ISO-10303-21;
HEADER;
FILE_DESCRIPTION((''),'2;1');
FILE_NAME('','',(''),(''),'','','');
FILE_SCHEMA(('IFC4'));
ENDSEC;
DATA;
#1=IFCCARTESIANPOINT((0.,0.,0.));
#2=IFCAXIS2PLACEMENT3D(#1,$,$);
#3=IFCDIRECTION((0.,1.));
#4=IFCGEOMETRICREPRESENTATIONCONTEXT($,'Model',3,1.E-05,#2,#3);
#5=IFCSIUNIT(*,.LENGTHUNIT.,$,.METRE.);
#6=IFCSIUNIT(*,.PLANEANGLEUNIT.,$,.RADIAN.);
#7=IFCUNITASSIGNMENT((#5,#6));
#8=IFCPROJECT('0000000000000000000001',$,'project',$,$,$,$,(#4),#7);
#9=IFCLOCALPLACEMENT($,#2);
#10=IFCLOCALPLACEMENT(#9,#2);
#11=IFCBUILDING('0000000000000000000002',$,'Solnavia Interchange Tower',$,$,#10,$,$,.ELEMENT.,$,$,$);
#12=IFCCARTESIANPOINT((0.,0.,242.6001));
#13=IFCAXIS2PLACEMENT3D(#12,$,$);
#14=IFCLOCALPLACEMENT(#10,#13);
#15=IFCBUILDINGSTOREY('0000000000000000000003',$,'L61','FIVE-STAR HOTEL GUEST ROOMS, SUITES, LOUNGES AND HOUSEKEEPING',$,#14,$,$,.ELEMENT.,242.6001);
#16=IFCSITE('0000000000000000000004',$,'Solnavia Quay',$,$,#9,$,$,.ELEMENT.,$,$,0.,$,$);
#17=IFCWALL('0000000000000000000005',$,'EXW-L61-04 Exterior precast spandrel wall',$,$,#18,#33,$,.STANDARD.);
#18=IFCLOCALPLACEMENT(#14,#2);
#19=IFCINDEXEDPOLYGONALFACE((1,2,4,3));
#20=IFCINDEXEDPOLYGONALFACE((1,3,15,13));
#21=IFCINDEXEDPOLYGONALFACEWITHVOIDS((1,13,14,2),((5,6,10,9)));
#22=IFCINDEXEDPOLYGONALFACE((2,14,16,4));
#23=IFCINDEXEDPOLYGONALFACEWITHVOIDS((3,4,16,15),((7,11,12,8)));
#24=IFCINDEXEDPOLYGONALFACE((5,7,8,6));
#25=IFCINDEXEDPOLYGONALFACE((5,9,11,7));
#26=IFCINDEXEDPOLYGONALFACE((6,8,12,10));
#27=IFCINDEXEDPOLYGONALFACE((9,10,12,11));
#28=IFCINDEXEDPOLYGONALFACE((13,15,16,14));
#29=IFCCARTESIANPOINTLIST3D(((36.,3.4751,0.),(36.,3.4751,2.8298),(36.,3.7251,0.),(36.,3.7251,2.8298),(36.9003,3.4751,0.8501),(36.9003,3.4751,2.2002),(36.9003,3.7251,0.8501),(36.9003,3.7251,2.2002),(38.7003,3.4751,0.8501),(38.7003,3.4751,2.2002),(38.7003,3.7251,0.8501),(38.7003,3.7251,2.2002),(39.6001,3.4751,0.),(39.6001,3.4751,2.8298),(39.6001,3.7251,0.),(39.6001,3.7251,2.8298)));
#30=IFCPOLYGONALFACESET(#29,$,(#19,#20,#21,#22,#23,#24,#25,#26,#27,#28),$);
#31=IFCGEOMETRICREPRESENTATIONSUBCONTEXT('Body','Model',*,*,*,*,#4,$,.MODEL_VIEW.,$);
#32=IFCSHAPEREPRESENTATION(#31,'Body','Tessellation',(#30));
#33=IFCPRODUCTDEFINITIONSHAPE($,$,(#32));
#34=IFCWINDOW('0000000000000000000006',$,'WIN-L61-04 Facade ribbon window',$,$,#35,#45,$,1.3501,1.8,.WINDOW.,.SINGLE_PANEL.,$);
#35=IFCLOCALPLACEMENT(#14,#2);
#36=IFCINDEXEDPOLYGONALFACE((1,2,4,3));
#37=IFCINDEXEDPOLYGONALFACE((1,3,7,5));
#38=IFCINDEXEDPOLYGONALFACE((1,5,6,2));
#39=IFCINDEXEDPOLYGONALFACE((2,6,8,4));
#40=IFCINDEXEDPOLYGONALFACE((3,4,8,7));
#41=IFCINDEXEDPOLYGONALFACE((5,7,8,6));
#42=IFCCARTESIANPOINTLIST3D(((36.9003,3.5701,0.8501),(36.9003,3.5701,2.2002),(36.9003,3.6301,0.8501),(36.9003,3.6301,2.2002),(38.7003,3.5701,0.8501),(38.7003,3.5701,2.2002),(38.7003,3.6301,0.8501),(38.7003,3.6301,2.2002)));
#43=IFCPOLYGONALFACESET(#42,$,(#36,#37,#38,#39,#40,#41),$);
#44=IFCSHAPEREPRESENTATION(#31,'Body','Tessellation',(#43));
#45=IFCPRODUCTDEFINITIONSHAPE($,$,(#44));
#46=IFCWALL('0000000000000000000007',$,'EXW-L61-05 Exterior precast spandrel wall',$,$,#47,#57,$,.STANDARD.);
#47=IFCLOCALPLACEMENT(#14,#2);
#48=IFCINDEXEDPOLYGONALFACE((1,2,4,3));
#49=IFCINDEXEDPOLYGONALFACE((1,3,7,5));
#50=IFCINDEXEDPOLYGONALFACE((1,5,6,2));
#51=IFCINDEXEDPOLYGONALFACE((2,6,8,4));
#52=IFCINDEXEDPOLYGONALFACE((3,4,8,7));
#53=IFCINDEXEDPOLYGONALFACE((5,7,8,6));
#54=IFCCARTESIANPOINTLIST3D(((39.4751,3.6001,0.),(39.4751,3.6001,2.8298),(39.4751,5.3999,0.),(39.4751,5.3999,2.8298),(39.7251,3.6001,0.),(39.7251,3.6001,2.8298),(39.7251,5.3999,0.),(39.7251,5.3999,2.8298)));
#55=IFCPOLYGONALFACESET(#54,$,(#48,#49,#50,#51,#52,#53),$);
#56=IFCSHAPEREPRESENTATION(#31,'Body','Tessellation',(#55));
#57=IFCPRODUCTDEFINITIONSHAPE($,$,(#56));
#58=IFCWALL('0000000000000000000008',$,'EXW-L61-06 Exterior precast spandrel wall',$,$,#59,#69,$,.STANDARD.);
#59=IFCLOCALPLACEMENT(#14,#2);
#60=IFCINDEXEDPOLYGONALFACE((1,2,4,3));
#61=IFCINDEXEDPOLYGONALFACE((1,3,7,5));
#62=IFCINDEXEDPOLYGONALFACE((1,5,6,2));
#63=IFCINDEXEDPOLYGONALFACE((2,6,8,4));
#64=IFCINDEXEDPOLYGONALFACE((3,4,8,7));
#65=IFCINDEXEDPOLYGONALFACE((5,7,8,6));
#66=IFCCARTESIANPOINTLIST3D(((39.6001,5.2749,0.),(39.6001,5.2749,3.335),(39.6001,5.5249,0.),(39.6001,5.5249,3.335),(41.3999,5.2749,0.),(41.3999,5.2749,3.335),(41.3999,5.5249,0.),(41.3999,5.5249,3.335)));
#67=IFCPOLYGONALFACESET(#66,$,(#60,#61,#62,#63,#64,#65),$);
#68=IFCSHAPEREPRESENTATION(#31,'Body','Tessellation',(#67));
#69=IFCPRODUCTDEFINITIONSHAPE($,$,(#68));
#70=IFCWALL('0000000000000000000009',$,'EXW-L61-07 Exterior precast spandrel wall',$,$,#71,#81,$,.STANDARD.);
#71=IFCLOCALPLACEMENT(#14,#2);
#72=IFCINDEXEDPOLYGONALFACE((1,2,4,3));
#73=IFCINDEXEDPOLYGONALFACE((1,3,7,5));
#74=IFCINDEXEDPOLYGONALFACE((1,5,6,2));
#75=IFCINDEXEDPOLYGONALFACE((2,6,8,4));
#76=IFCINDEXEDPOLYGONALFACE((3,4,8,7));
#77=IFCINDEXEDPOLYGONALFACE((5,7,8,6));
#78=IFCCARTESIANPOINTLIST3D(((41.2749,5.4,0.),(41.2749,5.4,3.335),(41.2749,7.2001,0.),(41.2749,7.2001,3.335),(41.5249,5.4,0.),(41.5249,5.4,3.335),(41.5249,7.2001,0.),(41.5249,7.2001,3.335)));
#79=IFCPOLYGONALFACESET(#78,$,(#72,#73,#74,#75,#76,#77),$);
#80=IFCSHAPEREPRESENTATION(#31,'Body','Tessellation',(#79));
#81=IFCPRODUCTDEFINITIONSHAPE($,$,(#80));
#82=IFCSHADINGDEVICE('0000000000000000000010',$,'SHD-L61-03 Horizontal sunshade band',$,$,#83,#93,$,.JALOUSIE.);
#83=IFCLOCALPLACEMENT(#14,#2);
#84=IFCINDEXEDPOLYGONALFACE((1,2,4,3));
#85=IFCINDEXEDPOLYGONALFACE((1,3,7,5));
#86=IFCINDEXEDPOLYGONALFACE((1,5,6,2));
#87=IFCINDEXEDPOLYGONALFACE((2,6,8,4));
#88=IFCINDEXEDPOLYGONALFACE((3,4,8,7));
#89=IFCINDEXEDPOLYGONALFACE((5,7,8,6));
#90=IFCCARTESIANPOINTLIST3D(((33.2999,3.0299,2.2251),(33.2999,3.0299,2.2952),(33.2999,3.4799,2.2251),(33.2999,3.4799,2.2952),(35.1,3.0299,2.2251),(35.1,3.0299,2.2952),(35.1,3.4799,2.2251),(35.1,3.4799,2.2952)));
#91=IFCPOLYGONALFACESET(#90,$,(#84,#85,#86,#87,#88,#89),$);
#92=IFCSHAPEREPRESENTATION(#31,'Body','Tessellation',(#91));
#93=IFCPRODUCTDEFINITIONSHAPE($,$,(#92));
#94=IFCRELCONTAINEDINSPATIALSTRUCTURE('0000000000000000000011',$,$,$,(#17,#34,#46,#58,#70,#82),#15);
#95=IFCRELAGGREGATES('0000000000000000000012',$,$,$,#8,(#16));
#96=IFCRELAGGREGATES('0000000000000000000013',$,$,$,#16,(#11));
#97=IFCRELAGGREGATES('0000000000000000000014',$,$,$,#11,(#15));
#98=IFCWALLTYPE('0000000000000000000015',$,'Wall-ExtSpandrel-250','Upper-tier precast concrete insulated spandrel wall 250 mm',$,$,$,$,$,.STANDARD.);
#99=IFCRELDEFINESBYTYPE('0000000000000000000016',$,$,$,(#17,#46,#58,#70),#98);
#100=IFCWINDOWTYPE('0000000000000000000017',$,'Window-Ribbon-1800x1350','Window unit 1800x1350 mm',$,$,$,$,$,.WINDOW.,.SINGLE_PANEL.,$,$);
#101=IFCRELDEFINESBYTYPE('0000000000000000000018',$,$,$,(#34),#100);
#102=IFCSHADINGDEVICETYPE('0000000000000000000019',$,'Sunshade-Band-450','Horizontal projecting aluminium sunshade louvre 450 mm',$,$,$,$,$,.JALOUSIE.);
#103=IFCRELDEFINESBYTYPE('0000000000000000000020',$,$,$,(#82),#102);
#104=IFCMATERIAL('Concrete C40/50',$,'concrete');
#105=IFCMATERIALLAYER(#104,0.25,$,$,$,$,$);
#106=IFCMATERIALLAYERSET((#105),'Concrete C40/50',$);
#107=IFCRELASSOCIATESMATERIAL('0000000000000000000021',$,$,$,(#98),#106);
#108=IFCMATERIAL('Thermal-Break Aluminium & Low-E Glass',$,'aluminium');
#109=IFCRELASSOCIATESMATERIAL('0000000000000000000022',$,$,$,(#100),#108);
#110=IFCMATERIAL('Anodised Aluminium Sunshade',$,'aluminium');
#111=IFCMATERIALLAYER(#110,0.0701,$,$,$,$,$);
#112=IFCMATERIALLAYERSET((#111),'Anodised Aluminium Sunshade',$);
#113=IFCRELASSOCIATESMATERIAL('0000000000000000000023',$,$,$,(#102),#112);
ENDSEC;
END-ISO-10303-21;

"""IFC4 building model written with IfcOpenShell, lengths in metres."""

from ifc_helpers import new_model, si_unit, direction, frame, frame_2d, origin, origin_2d, place, context, subcontext, project, spatial, rectangle, extrude, material, layer, layer_set, type_object, element, fill, save


model = new_model("IFC4")

# Units and contexts
model_context = context("Model", 3, precision=1e-05, world=origin(), true_north=direction((0.0, 1.0)))
body_context = subcontext(model_context, "Body", "Model", "MODEL_VIEW")
ifc_project = project(units=[si_unit("LENGTHUNIT", "METRE"), si_unit("PLANEANGLEUNIT", "RADIAN")], contexts=[model_context])

# Site, building, storey
site_placement = place(None, origin())
site = spatial("IfcSite", under=ifc_project, at=site_placement, Name="Solnavia Quay", CompositionType="ELEMENT", RefElevation=0.0)
building_placement = place(site_placement, origin())
building = spatial("IfcBuilding", under=site, at=building_placement, Name="Solnavia Interchange Tower", CompositionType="ELEMENT")
storey_placement = place(building_placement, frame((0.0, 0.0, 242.6001)))
storey = spatial("IfcBuildingStorey", under=building, at=storey_placement, Name="L61", Description="FIVE-STAR HOTEL GUEST ROOMS, SUITES, LOUNGES AND HOUSEKEEPING", CompositionType="ELEMENT", Elevation=242.6001)

# Wall, opening, window
ifc_material_1 = material(Name="Concrete C40/50", Category="concrete")
ifc_layer_1 = layer(ifc_material_1, 0.25)
ifc_layer_set_1 = layer_set([ifc_layer_1], Name="Concrete C40/50")
wall_type_1 = type_object("IfcWallType", Name="Wall-ExtSpandrel-250", Description="Upper-tier precast concrete insulated spandrel wall 250 mm", PredefinedType="STANDARD", material=ifc_layer_set_1)
ifc_material_2 = material(Name="Thermal-Break Aluminium & Low-E Glass", Category="aluminium")
window_type = type_object("IfcWindowType", Name="Window-Ribbon-1800x1350", Description="Window unit 1800x1350 mm", PartitioningType="SINGLE_PANEL", PredefinedType="WINDOW", material=ifc_material_2)
wall_1_placement = place(storey_placement, frame((39.6001, 3.6001, 0.0), z_axis=(0.0, 0.0, 1.0), x_axis=(-1.0, 0.0, 0.0)))
wall_1 = element("IfcWall", 1, at=wall_1_placement, inside=storey, type_object=wall_type_1, Name="EXW-L61-04 Exterior precast spandrel wall", PredefinedType="STANDARD", context=body_context, shape_type="SweptSolid", body=[
    extrude(rectangle(XDim=3.6001, YDim=0.25, at=frame_2d((1.8, 0.0))), origin(), (0.0, 0.0, 1.0), 2.8298),
])
opening_1_placement = place(wall_1_placement, frame((0.8999, 0.0, 0.8501)))
opening_1 = element("IfcOpeningElement", 2, at=opening_1_placement, cuts=wall_1, PredefinedType="OPENING", context=body_context, shape_type="SweptSolid", body=[
    extrude(rectangle(XDim=1.8, YDim=1.3501, at=frame_2d((0.8999, 0.675))), frame((0.0, 0.135, 0.0), z_axis=(0.0, -1.0, 0.0), x_axis=(1.0, 0.0, 0.0)), (0.0, 0.0, 1.0), 0.27),
])
window_1_placement = place(opening_1_placement, origin())
window_1 = element("IfcWindow", 3, at=window_1_placement, inside=storey, type_object=window_type, Name="WIN-L61-04 Facade ribbon window", OverallHeight=1.3501, OverallWidth=1.8, PartitioningType="SINGLE_PANEL", PredefinedType="WINDOW", context=body_context, shape_type="SweptSolid", body=[
    extrude(rectangle(XDim=1.8, YDim=1.3501, at=frame_2d((0.8999, 0.675))), frame((0.0, 0.03, 0.0), z_axis=(0.0, -1.0, 0.0), x_axis=(1.0, 0.0, 0.0)), (0.0, 0.0, 1.0), 0.0601),
])
fill(opening_1, window_1)

# Walls
wall_2_placement = place(storey_placement, frame((39.6001, 5.3999, 0.0), z_axis=(0.0, 0.0, 1.0), x_axis=(0.0, -1.0, 0.0)))
element("IfcWall", 4, at=wall_2_placement, inside=storey, type_object=wall_type_1, Name="EXW-L61-05 Exterior precast spandrel wall", PredefinedType="STANDARD", context=body_context, shape_type="SweptSolid", body=[
    extrude(rectangle(XDim=1.7998, YDim=0.25, at=frame_2d((0.8999, 0.0))), origin(), (0.0, 0.0, 1.0), 2.8298),
])
wall_3_placement = place(storey_placement, frame((41.3999, 5.3999, 0.0), z_axis=(0.0, 0.0, 1.0), x_axis=(-1.0, 0.0, 0.0)))
element("IfcWall", 5, at=wall_3_placement, inside=storey, type_object=wall_type_1, Name="EXW-L61-06 Exterior precast spandrel wall", PredefinedType="STANDARD", context=body_context, shape_type="SweptSolid", body=[
    extrude(rectangle(XDim=1.7998, YDim=0.25, at=frame_2d((0.8999, 0.0))), origin(), (0.0, 0.0, 1.0), 3.335),
])
wall_4_placement = place(storey_placement, frame((41.3999, 7.2, 0.0), z_axis=(0.0, 0.0, 1.0), x_axis=(0.0, -1.0, 0.0)))
element("IfcWall", 6, at=wall_4_placement, inside=storey, type_object=wall_type_1, Name="EXW-L61-07 Exterior precast spandrel wall", PredefinedType="STANDARD", context=body_context, shape_type="SweptSolid", body=[
    extrude(rectangle(XDim=1.8, YDim=0.25, at=frame_2d((0.8999, 0.0))), origin(), (0.0, 0.0, 1.0), 3.335),
])

# Shading device
ifc_material_3 = material(Name="Anodised Aluminium Sunshade", Category="aluminium")
ifc_layer_2 = layer(ifc_material_3, 0.0701)
ifc_layer_set_2 = layer_set([ifc_layer_2], Name="Anodised Aluminium Sunshade")
shading_device_type = type_object("IfcShadingDeviceType", Name="Sunshade-Band-450", Description="Horizontal projecting aluminium sunshade louvre 450 mm", PredefinedType="JALOUSIE", material=ifc_layer_set_2)
shading_device_placement = place(storey_placement, frame((34.2, 3.2549, 2.2251), z_axis=(0.0, 0.0, 1.0), x_axis=(-1.0, 0.0, 0.0)))
element("IfcShadingDevice", 7, at=shading_device_placement, inside=storey, type_object=shading_device_type, Name="SHD-L61-03 Horizontal sunshade band", PredefinedType="JALOUSIE", context=body_context, shape_type="SweptSolid", body=[
    extrude(rectangle(XDim=1.8, YDim=0.45, at=origin_2d()), origin(), (0.0, 0.0, 1.0), 0.0701),
])

save(model, "model.ifc")
